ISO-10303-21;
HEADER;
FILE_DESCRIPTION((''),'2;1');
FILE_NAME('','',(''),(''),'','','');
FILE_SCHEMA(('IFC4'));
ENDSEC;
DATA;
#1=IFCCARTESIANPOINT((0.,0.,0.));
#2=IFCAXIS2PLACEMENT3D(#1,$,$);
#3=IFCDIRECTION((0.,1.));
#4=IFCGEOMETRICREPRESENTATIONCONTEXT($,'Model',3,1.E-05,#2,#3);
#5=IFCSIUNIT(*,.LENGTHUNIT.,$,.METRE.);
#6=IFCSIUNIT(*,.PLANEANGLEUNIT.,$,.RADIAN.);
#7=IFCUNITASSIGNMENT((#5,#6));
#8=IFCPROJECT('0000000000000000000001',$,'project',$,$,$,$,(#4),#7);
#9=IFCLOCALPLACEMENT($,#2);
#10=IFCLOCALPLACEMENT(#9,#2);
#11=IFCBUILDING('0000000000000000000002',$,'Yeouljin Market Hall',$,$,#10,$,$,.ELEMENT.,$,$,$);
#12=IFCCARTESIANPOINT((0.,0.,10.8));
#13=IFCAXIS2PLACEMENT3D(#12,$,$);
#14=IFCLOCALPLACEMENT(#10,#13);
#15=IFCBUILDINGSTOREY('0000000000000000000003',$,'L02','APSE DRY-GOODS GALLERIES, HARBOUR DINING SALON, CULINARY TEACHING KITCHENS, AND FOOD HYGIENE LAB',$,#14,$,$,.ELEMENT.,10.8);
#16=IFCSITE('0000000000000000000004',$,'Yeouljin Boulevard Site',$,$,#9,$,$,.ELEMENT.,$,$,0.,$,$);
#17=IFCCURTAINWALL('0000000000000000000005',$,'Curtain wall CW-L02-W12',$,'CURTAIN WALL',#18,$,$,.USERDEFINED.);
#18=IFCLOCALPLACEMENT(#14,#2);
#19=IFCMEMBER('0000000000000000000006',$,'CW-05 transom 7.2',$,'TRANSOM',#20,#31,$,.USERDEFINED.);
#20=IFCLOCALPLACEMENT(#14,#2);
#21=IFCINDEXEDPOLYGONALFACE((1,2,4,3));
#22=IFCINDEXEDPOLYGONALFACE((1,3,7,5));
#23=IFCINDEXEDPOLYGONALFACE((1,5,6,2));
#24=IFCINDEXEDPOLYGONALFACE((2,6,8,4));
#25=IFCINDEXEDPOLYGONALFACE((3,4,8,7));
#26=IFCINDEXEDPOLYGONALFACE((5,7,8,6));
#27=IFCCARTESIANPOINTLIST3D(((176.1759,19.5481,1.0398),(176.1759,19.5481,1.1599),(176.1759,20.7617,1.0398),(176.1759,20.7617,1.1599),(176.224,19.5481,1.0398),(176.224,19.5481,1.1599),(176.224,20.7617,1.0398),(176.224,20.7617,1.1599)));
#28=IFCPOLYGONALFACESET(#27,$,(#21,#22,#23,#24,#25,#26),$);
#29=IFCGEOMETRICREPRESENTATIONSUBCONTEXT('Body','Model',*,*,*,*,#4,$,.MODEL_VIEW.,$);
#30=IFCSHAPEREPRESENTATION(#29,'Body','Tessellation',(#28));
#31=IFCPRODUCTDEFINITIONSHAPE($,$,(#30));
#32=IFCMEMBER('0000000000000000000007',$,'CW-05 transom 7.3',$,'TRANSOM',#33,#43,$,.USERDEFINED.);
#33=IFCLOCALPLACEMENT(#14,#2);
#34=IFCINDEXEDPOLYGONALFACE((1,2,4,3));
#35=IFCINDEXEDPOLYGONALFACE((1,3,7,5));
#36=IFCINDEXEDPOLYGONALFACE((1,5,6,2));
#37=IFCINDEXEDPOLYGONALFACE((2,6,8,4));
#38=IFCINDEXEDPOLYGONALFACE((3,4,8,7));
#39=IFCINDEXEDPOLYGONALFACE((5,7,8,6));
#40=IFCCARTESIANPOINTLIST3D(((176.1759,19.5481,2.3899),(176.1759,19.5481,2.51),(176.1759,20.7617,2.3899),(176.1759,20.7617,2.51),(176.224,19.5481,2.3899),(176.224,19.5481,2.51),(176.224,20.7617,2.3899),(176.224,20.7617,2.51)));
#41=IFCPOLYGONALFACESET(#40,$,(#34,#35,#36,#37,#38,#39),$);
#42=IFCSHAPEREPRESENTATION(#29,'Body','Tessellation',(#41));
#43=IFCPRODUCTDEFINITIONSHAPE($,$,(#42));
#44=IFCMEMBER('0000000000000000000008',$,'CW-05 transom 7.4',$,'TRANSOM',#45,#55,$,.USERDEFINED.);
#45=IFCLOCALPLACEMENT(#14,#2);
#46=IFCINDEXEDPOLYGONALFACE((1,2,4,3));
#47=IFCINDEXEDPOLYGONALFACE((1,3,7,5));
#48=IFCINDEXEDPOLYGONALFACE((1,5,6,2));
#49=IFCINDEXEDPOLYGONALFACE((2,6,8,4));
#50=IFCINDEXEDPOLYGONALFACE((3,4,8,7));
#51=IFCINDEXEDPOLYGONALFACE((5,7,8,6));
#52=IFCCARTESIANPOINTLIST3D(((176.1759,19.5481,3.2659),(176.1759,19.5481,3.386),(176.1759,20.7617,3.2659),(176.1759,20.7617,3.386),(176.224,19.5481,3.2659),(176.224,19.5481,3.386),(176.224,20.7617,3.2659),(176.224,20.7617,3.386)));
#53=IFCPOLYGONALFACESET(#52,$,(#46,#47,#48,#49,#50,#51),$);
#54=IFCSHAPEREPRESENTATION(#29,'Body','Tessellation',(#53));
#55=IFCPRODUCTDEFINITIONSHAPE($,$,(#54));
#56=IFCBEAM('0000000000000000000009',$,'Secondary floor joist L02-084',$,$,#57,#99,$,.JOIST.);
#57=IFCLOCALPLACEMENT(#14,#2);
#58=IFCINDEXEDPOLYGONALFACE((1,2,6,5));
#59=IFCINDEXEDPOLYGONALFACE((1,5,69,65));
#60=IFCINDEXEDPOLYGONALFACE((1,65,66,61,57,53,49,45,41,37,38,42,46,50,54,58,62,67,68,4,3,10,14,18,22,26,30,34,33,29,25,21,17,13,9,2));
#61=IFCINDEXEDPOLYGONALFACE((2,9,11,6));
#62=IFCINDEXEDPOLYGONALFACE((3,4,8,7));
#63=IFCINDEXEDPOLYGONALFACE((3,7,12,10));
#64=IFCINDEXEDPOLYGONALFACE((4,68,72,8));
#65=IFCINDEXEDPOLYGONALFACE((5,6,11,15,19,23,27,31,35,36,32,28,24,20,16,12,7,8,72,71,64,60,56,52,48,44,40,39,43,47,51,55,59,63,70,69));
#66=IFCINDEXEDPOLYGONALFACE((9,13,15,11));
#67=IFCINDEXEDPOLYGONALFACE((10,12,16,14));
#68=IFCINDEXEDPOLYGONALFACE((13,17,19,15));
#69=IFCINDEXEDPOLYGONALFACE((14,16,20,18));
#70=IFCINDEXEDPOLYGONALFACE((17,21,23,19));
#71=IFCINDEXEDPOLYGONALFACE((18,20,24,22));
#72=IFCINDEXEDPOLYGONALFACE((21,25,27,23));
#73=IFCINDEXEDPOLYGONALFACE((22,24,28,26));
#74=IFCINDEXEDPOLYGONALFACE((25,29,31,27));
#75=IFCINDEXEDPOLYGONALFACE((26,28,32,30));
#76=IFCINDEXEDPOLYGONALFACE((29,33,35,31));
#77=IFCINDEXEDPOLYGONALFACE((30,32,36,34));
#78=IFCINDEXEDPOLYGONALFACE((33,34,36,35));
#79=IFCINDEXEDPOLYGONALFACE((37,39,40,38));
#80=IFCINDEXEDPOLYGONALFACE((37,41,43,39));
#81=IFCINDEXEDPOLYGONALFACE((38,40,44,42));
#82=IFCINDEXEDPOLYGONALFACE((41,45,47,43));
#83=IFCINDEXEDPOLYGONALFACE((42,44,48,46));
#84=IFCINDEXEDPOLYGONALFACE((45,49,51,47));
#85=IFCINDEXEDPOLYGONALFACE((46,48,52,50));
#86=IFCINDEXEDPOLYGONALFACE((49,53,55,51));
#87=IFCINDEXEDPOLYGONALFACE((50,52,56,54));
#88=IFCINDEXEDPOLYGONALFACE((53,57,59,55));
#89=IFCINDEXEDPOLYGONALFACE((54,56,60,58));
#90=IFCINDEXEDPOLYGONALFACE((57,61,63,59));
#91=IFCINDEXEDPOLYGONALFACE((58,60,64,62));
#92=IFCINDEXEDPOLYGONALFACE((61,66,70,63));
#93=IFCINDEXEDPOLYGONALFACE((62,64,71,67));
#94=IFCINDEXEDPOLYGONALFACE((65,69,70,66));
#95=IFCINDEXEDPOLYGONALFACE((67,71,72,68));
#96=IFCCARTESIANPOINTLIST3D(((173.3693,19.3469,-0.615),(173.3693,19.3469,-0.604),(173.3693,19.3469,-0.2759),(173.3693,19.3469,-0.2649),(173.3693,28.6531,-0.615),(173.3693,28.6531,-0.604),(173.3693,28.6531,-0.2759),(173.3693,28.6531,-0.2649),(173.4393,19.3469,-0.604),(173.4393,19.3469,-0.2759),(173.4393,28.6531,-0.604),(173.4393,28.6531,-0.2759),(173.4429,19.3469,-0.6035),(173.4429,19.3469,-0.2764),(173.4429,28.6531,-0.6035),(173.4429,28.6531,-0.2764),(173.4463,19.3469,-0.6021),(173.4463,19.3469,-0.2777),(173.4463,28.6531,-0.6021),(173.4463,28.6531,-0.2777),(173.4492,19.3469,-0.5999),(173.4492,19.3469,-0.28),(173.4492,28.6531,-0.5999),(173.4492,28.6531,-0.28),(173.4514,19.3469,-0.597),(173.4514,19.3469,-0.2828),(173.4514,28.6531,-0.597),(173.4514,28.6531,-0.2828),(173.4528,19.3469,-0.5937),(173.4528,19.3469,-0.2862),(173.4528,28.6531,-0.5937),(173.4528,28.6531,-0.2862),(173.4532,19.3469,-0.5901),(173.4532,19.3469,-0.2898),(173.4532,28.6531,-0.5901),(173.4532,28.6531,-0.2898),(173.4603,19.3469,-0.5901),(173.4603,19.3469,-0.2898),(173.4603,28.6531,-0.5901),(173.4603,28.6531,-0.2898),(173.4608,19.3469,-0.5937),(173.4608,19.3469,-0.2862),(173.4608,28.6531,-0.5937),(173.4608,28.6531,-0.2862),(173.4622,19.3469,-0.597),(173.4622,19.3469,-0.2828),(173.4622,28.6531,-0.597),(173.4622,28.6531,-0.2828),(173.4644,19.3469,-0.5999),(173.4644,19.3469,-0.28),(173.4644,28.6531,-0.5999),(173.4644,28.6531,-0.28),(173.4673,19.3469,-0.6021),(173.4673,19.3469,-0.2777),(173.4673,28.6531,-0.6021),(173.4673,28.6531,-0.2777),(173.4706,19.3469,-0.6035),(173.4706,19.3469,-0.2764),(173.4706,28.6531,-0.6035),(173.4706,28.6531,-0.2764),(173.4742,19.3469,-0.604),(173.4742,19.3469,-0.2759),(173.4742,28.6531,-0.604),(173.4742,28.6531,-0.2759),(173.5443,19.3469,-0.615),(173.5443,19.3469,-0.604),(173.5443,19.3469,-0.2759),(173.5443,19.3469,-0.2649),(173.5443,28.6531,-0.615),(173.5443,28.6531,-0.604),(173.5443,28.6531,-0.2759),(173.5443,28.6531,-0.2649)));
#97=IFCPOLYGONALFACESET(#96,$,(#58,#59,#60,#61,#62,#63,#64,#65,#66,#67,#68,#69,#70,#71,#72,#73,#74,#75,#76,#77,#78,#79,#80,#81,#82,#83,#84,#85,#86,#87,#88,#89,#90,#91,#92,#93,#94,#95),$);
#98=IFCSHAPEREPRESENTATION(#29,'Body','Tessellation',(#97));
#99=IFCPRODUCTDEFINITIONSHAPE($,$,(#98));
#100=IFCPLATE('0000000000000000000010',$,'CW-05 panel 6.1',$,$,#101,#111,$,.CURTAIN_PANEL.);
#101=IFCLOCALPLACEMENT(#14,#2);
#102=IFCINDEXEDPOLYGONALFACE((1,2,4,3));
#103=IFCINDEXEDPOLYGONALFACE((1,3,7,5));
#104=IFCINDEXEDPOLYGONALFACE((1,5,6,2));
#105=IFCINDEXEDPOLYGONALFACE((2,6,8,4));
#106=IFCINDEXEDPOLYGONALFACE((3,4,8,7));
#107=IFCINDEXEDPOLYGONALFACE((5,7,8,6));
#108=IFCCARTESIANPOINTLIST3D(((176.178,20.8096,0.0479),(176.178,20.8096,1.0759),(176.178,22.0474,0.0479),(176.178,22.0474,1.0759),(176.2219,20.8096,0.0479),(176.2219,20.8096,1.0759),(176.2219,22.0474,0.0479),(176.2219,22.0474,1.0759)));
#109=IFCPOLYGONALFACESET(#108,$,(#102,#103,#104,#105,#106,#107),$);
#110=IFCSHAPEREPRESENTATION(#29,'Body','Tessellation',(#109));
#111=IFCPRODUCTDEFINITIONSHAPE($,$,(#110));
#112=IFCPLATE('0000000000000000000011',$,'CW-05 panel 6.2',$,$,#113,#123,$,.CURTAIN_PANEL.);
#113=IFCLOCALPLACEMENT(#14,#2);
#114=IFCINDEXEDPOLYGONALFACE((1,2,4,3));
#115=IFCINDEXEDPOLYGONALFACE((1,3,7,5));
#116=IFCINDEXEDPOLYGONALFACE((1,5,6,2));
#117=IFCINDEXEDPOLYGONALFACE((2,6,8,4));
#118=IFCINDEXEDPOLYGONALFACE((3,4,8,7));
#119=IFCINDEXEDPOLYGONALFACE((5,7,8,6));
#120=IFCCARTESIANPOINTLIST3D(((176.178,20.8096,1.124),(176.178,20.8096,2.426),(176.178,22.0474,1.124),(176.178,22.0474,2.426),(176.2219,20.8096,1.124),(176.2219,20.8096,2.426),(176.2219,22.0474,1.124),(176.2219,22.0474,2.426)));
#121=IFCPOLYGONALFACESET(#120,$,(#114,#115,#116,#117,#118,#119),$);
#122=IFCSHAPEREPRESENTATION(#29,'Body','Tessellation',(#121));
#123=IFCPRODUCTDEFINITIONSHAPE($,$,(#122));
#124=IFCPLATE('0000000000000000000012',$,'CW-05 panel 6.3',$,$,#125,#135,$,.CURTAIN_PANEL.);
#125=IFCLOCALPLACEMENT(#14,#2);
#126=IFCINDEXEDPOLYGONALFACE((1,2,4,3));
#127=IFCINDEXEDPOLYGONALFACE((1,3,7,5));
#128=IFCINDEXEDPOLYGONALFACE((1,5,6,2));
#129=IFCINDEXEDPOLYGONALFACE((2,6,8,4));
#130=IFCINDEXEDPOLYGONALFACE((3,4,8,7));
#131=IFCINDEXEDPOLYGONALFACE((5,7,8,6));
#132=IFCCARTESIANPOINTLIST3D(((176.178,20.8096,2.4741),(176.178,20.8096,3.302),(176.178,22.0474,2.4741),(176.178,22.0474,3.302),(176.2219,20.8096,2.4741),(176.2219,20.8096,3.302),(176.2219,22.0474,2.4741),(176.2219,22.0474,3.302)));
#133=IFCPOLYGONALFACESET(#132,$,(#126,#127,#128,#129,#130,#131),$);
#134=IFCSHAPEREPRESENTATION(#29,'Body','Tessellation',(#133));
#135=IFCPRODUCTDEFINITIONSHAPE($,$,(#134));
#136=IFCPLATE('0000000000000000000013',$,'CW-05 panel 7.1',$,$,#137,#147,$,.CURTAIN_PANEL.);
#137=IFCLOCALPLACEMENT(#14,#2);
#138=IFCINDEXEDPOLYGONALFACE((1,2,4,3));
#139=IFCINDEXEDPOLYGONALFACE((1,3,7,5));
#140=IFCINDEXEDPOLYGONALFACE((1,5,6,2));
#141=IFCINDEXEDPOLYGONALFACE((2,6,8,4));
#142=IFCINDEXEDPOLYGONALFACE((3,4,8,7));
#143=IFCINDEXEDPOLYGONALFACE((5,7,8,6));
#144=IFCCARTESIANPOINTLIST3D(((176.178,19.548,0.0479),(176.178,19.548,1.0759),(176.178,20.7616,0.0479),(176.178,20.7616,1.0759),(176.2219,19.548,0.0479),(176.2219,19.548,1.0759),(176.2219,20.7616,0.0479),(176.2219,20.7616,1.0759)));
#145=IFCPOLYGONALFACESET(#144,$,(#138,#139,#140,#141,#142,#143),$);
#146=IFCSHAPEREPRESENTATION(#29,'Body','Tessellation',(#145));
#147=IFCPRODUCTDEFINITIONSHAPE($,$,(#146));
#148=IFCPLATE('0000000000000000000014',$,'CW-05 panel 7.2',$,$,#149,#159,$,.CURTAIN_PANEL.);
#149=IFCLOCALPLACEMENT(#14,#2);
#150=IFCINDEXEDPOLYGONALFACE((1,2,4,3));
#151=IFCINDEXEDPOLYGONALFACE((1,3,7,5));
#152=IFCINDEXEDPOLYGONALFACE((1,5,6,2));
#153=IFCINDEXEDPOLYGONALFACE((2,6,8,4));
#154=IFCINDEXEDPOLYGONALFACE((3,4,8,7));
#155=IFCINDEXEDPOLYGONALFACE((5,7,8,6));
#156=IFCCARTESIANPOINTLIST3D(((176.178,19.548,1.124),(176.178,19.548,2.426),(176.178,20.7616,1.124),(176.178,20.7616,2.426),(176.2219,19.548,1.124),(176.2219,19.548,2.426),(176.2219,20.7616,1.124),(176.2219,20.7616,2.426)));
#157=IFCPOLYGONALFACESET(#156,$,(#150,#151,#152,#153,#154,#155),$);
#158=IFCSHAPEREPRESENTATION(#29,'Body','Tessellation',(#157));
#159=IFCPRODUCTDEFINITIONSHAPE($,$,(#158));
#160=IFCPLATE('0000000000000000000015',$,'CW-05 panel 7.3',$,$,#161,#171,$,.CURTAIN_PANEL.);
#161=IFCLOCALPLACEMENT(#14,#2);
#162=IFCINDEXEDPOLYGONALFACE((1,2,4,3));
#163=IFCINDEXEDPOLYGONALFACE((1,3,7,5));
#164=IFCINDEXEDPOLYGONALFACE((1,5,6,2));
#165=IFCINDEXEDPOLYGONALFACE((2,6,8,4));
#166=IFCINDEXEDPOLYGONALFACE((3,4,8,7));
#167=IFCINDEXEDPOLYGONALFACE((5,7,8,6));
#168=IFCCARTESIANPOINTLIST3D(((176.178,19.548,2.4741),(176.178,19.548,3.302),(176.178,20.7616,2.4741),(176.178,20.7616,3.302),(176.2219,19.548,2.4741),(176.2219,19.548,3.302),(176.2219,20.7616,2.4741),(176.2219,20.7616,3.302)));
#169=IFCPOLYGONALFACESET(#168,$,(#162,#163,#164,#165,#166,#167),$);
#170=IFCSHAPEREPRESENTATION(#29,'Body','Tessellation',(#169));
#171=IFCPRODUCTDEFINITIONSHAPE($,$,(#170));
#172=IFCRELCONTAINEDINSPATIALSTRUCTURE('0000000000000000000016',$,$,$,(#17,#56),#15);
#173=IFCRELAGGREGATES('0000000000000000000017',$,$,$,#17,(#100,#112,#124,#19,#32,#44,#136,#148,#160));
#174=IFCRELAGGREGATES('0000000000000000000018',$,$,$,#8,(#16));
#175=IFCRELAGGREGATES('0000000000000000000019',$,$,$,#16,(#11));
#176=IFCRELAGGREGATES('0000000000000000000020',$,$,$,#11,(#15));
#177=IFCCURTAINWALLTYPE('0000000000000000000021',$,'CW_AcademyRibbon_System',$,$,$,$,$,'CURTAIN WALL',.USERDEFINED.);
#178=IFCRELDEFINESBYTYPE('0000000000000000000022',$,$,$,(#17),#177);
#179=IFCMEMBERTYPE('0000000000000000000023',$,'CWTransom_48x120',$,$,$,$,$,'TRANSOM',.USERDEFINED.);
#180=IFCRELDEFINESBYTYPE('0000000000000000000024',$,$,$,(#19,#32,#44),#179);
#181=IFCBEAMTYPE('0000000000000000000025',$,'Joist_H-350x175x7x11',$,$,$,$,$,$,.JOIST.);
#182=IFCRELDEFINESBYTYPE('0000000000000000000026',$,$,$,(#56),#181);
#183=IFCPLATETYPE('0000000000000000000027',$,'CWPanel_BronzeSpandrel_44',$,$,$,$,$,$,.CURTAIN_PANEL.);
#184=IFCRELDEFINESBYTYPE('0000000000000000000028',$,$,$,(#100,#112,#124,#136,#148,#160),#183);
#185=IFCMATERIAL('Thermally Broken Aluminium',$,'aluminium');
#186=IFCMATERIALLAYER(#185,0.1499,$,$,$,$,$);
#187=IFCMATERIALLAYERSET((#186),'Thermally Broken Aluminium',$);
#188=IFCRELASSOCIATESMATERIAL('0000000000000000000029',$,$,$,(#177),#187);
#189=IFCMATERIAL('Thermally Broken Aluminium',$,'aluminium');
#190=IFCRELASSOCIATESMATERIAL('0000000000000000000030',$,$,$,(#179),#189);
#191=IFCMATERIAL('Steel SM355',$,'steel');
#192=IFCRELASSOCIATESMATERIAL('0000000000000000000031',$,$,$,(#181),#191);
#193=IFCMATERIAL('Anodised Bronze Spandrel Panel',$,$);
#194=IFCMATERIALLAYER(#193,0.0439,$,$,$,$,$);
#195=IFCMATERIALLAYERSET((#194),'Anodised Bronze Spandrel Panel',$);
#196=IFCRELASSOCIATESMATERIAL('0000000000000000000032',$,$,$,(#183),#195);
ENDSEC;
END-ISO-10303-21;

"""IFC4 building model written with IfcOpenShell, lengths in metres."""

from ifc_helpers import new_model, si_unit, direction, frame, origin, origin_2d, place, context, subcontext, project, spatial, rectangle, i_section, extrude, material, layer, layer_set, material_profile, profile_set, type_object, element, aggregate, save


model = new_model("IFC4")

# Units and contexts
model_context = context("Model", 3, precision=1e-05, world=origin(), true_north=direction((0.0, 1.0)))
body_context = subcontext(model_context, "Body", "Model", "MODEL_VIEW")
ifc_project = project(units=[si_unit("LENGTHUNIT", "METRE"), si_unit("PLANEANGLEUNIT", "RADIAN")], contexts=[model_context])

# Site, building, storey
site_placement = place(None, origin())
site = spatial("IfcSite", under=ifc_project, at=site_placement, Name="Yeouljin Boulevard Site", CompositionType="ELEMENT", RefElevation=0.0)
building_placement = place(site_placement, origin())
building = spatial("IfcBuilding", under=site, at=building_placement, Name="Yeouljin Market Hall", CompositionType="ELEMENT")
storey_placement = place(building_placement, frame((0.0, 0.0, 10.8)))
storey = spatial("IfcBuildingStorey", under=building, at=storey_placement, Name="L02", Description="APSE DRY-GOODS GALLERIES, HARBOUR DINING SALON, CULINARY TEACHING KITCHENS, AND FOOD HYGIENE LAB", CompositionType="ELEMENT", Elevation=10.8)

# Curtain wall, members
ifc_material_1 = material(Name="Thermally Broken Aluminium", Category="aluminium")
ifc_layer_1 = layer(ifc_material_1, 0.1499)
ifc_layer_set_1 = layer_set([ifc_layer_1], Name="Thermally Broken Aluminium")
curtain_wall_type = type_object("IfcCurtainWallType", Name="CW_AcademyRibbon_System", ElementType="CURTAIN WALL", PredefinedType="USERDEFINED", material=ifc_layer_set_1)
curtain_wall_placement = place(storey_placement, origin())
curtain_wall = element("IfcCurtainWall", 1, at=curtain_wall_placement, inside=storey, type_object=curtain_wall_type, Name="Curtain wall CW-L02-W12", ObjectType="CURTAIN WALL", PredefinedType="USERDEFINED")
ifc_material_2 = material(Name="Thermally Broken Aluminium", Category="aluminium")
ifc_material_profile_1 = material_profile(ifc_material_2, rectangle(XDim=0.0481, YDim=0.1201, at=origin_2d()), Name="CW-TRAN-48x120")
ifc_profile_set_1 = profile_set([ifc_material_profile_1], Name="Thermally Broken Aluminium")
member_type_1 = type_object("IfcMemberType", Name="CWTransom_48x120", ElementType="TRANSOM", PredefinedType="USERDEFINED", material=ifc_profile_set_1)
member_1_placement = place(storey_placement, frame((176.2, 20.7617, 1.0999), z_axis=(0.0, -1.0, 0.0), x_axis=(1.0, 0.0, 0.0)))
member_1 = element("IfcMember", 2, at=member_1_placement, type_object=member_type_1, Name="CW-05 transom 7.2", ObjectType="TRANSOM", PredefinedType="USERDEFINED", context=body_context, shape_type="SweptSolid", body=[
    extrude(rectangle(XDim=0.0481, YDim=0.1201, at=origin_2d()), origin(), (0.0, 0.0, 1.0), 1.2136),
])
member_2_placement = place(storey_placement, frame((176.2, 20.7617, 2.45), z_axis=(0.0, -1.0, 0.0), x_axis=(1.0, 0.0, 0.0)))
member_2 = element("IfcMember", 3, at=member_2_placement, type_object=member_type_1, Name="CW-05 transom 7.3", ObjectType="TRANSOM", PredefinedType="USERDEFINED", context=body_context, shape_type="SweptSolid", body=[
    extrude(rectangle(XDim=0.0481, YDim=0.1201, at=origin_2d()), origin(), (0.0, 0.0, 1.0), 1.2136),
])
member_3_placement = place(storey_placement, frame((176.2, 20.7617, 3.3259), z_axis=(0.0, -1.0, 0.0), x_axis=(1.0, 0.0, 0.0)))
member_3 = element("IfcMember", 4, at=member_3_placement, type_object=member_type_1, Name="CW-05 transom 7.4", ObjectType="TRANSOM", PredefinedType="USERDEFINED", context=body_context, shape_type="SweptSolid", body=[
    extrude(rectangle(XDim=0.0481, YDim=0.1201, at=origin_2d()), origin(), (0.0, 0.0, 1.0), 1.2136),
])

# Beam
ifc_material_3 = material(Name="Steel SM355", Category="steel")
ifc_material_profile_2 = material_profile(ifc_material_3, i_section(OverallWidth=0.175, OverallDepth=0.3501, WebThickness=0.0071, FlangeThickness=0.011, FilletRadius=0.0139, at=origin_2d()), Name="H-350x175x7x11")
ifc_profile_set_2 = profile_set([ifc_material_profile_2], Name="Steel SM355")
beam_type_1 = type_object("IfcBeamType", Name="Joist_H-350x175x7x11", PredefinedType="JOIST", material=ifc_profile_set_2)
beam_1_placement = place(storey_placement, frame((173.4568, 19.3469, -0.4399), z_axis=(0.0, 1.0, 0.0), x_axis=(-1.0, 0.0, 0.0)))
element("IfcBeam", 5, at=beam_1_placement, inside=storey, type_object=beam_type_1, Name="Secondary floor joist L02-084", PredefinedType="JOIST", context=body_context, shape_type="SweptSolid", body=[
    extrude(i_section(OverallWidth=0.175, OverallDepth=0.3501, WebThickness=0.0071, FlangeThickness=0.011, FilletRadius=0.0139, at=origin_2d()), origin(), (0.0, 0.0, 1.0), 9.3062),
])

# Plates
ifc_material_4 = material(Name="Anodised Bronze Spandrel Panel")
ifc_layer_2 = layer(ifc_material_4, 0.0439)
ifc_layer_set_2 = layer_set([ifc_layer_2], Name="Anodised Bronze Spandrel Panel")
plate_type = type_object("IfcPlateType", Name="CWPanel_BronzeSpandrel_44", PredefinedType="CURTAIN_PANEL", material=ifc_layer_set_2)
plate_1_placement = place(storey_placement, frame((176.2, 21.4285, 0.0479), z_axis=(0.0, 0.0, 1.0), x_axis=(0.0, -1.0, 0.0)))
plate_1 = element("IfcPlate", 6, at=plate_1_placement, type_object=plate_type, Name="CW-05 panel 6.1", PredefinedType="CURTAIN_PANEL", context=body_context, shape_type="SweptSolid", body=[
    extrude(rectangle(XDim=1.2378, YDim=0.0439, at=origin_2d()), origin(), (0.0, 0.0, 1.0), 1.0281),
])
plate_2_placement = place(storey_placement, frame((176.2, 21.4285, 1.124), z_axis=(0.0, 0.0, 1.0), x_axis=(0.0, -1.0, 0.0)))
plate_2 = element("IfcPlate", 7, at=plate_2_placement, type_object=plate_type, Name="CW-05 panel 6.2", PredefinedType="CURTAIN_PANEL", context=body_context, shape_type="SweptSolid", body=[
    extrude(rectangle(XDim=1.2378, YDim=0.0439, at=origin_2d()), origin(), (0.0, 0.0, 1.0), 1.302),
])
plate_3_placement = place(storey_placement, frame((176.2, 21.4285, 2.4741), z_axis=(0.0, 0.0, 1.0), x_axis=(0.0, -1.0, 0.0)))
plate_3 = element("IfcPlate", 8, at=plate_3_placement, type_object=plate_type, Name="CW-05 panel 6.3", PredefinedType="CURTAIN_PANEL", context=body_context, shape_type="SweptSolid", body=[
    extrude(rectangle(XDim=1.2378, YDim=0.0439, at=origin_2d()), origin(), (0.0, 0.0, 1.0), 0.8279),
])
plate_4_placement = place(storey_placement, frame((176.2, 20.1548, 0.0479), z_axis=(0.0, 0.0, 1.0), x_axis=(0.0, -1.0, 0.0)))
plate_4 = element("IfcPlate", 9, at=plate_4_placement, type_object=plate_type, Name="CW-05 panel 7.1", PredefinedType="CURTAIN_PANEL", context=body_context, shape_type="SweptSolid", body=[
    extrude(rectangle(XDim=1.2136, YDim=0.0439, at=origin_2d()), origin(), (0.0, 0.0, 1.0), 1.0281),
])
plate_5_placement = place(storey_placement, frame((176.2, 20.1548, 1.124), z_axis=(0.0, 0.0, 1.0), x_axis=(0.0, -1.0, 0.0)))
plate_5 = element("IfcPlate", 10, at=plate_5_placement, type_object=plate_type, Name="CW-05 panel 7.2", PredefinedType="CURTAIN_PANEL", context=body_context, shape_type="SweptSolid", body=[
    extrude(rectangle(XDim=1.2136, YDim=0.0439, at=origin_2d()), origin(), (0.0, 0.0, 1.0), 1.302),
])
plate_6_placement = place(storey_placement, frame((176.2, 20.1548, 2.4741), z_axis=(0.0, 0.0, 1.0), x_axis=(0.0, -1.0, 0.0)))
plate_6 = element("IfcPlate", 11, at=plate_6_placement, type_object=plate_type, Name="CW-05 panel 7.3", PredefinedType="CURTAIN_PANEL", context=body_context, shape_type="SweptSolid", body=[
    extrude(rectangle(XDim=1.2136, YDim=0.0439, at=origin_2d()), origin(), (0.0, 0.0, 1.0), 0.8279),
])
aggregate(curtain_wall, [plate_1, plate_2, plate_3, member_1, member_2, member_3, plate_4, plate_5, plate_6])

save(model, "model.ifc")
